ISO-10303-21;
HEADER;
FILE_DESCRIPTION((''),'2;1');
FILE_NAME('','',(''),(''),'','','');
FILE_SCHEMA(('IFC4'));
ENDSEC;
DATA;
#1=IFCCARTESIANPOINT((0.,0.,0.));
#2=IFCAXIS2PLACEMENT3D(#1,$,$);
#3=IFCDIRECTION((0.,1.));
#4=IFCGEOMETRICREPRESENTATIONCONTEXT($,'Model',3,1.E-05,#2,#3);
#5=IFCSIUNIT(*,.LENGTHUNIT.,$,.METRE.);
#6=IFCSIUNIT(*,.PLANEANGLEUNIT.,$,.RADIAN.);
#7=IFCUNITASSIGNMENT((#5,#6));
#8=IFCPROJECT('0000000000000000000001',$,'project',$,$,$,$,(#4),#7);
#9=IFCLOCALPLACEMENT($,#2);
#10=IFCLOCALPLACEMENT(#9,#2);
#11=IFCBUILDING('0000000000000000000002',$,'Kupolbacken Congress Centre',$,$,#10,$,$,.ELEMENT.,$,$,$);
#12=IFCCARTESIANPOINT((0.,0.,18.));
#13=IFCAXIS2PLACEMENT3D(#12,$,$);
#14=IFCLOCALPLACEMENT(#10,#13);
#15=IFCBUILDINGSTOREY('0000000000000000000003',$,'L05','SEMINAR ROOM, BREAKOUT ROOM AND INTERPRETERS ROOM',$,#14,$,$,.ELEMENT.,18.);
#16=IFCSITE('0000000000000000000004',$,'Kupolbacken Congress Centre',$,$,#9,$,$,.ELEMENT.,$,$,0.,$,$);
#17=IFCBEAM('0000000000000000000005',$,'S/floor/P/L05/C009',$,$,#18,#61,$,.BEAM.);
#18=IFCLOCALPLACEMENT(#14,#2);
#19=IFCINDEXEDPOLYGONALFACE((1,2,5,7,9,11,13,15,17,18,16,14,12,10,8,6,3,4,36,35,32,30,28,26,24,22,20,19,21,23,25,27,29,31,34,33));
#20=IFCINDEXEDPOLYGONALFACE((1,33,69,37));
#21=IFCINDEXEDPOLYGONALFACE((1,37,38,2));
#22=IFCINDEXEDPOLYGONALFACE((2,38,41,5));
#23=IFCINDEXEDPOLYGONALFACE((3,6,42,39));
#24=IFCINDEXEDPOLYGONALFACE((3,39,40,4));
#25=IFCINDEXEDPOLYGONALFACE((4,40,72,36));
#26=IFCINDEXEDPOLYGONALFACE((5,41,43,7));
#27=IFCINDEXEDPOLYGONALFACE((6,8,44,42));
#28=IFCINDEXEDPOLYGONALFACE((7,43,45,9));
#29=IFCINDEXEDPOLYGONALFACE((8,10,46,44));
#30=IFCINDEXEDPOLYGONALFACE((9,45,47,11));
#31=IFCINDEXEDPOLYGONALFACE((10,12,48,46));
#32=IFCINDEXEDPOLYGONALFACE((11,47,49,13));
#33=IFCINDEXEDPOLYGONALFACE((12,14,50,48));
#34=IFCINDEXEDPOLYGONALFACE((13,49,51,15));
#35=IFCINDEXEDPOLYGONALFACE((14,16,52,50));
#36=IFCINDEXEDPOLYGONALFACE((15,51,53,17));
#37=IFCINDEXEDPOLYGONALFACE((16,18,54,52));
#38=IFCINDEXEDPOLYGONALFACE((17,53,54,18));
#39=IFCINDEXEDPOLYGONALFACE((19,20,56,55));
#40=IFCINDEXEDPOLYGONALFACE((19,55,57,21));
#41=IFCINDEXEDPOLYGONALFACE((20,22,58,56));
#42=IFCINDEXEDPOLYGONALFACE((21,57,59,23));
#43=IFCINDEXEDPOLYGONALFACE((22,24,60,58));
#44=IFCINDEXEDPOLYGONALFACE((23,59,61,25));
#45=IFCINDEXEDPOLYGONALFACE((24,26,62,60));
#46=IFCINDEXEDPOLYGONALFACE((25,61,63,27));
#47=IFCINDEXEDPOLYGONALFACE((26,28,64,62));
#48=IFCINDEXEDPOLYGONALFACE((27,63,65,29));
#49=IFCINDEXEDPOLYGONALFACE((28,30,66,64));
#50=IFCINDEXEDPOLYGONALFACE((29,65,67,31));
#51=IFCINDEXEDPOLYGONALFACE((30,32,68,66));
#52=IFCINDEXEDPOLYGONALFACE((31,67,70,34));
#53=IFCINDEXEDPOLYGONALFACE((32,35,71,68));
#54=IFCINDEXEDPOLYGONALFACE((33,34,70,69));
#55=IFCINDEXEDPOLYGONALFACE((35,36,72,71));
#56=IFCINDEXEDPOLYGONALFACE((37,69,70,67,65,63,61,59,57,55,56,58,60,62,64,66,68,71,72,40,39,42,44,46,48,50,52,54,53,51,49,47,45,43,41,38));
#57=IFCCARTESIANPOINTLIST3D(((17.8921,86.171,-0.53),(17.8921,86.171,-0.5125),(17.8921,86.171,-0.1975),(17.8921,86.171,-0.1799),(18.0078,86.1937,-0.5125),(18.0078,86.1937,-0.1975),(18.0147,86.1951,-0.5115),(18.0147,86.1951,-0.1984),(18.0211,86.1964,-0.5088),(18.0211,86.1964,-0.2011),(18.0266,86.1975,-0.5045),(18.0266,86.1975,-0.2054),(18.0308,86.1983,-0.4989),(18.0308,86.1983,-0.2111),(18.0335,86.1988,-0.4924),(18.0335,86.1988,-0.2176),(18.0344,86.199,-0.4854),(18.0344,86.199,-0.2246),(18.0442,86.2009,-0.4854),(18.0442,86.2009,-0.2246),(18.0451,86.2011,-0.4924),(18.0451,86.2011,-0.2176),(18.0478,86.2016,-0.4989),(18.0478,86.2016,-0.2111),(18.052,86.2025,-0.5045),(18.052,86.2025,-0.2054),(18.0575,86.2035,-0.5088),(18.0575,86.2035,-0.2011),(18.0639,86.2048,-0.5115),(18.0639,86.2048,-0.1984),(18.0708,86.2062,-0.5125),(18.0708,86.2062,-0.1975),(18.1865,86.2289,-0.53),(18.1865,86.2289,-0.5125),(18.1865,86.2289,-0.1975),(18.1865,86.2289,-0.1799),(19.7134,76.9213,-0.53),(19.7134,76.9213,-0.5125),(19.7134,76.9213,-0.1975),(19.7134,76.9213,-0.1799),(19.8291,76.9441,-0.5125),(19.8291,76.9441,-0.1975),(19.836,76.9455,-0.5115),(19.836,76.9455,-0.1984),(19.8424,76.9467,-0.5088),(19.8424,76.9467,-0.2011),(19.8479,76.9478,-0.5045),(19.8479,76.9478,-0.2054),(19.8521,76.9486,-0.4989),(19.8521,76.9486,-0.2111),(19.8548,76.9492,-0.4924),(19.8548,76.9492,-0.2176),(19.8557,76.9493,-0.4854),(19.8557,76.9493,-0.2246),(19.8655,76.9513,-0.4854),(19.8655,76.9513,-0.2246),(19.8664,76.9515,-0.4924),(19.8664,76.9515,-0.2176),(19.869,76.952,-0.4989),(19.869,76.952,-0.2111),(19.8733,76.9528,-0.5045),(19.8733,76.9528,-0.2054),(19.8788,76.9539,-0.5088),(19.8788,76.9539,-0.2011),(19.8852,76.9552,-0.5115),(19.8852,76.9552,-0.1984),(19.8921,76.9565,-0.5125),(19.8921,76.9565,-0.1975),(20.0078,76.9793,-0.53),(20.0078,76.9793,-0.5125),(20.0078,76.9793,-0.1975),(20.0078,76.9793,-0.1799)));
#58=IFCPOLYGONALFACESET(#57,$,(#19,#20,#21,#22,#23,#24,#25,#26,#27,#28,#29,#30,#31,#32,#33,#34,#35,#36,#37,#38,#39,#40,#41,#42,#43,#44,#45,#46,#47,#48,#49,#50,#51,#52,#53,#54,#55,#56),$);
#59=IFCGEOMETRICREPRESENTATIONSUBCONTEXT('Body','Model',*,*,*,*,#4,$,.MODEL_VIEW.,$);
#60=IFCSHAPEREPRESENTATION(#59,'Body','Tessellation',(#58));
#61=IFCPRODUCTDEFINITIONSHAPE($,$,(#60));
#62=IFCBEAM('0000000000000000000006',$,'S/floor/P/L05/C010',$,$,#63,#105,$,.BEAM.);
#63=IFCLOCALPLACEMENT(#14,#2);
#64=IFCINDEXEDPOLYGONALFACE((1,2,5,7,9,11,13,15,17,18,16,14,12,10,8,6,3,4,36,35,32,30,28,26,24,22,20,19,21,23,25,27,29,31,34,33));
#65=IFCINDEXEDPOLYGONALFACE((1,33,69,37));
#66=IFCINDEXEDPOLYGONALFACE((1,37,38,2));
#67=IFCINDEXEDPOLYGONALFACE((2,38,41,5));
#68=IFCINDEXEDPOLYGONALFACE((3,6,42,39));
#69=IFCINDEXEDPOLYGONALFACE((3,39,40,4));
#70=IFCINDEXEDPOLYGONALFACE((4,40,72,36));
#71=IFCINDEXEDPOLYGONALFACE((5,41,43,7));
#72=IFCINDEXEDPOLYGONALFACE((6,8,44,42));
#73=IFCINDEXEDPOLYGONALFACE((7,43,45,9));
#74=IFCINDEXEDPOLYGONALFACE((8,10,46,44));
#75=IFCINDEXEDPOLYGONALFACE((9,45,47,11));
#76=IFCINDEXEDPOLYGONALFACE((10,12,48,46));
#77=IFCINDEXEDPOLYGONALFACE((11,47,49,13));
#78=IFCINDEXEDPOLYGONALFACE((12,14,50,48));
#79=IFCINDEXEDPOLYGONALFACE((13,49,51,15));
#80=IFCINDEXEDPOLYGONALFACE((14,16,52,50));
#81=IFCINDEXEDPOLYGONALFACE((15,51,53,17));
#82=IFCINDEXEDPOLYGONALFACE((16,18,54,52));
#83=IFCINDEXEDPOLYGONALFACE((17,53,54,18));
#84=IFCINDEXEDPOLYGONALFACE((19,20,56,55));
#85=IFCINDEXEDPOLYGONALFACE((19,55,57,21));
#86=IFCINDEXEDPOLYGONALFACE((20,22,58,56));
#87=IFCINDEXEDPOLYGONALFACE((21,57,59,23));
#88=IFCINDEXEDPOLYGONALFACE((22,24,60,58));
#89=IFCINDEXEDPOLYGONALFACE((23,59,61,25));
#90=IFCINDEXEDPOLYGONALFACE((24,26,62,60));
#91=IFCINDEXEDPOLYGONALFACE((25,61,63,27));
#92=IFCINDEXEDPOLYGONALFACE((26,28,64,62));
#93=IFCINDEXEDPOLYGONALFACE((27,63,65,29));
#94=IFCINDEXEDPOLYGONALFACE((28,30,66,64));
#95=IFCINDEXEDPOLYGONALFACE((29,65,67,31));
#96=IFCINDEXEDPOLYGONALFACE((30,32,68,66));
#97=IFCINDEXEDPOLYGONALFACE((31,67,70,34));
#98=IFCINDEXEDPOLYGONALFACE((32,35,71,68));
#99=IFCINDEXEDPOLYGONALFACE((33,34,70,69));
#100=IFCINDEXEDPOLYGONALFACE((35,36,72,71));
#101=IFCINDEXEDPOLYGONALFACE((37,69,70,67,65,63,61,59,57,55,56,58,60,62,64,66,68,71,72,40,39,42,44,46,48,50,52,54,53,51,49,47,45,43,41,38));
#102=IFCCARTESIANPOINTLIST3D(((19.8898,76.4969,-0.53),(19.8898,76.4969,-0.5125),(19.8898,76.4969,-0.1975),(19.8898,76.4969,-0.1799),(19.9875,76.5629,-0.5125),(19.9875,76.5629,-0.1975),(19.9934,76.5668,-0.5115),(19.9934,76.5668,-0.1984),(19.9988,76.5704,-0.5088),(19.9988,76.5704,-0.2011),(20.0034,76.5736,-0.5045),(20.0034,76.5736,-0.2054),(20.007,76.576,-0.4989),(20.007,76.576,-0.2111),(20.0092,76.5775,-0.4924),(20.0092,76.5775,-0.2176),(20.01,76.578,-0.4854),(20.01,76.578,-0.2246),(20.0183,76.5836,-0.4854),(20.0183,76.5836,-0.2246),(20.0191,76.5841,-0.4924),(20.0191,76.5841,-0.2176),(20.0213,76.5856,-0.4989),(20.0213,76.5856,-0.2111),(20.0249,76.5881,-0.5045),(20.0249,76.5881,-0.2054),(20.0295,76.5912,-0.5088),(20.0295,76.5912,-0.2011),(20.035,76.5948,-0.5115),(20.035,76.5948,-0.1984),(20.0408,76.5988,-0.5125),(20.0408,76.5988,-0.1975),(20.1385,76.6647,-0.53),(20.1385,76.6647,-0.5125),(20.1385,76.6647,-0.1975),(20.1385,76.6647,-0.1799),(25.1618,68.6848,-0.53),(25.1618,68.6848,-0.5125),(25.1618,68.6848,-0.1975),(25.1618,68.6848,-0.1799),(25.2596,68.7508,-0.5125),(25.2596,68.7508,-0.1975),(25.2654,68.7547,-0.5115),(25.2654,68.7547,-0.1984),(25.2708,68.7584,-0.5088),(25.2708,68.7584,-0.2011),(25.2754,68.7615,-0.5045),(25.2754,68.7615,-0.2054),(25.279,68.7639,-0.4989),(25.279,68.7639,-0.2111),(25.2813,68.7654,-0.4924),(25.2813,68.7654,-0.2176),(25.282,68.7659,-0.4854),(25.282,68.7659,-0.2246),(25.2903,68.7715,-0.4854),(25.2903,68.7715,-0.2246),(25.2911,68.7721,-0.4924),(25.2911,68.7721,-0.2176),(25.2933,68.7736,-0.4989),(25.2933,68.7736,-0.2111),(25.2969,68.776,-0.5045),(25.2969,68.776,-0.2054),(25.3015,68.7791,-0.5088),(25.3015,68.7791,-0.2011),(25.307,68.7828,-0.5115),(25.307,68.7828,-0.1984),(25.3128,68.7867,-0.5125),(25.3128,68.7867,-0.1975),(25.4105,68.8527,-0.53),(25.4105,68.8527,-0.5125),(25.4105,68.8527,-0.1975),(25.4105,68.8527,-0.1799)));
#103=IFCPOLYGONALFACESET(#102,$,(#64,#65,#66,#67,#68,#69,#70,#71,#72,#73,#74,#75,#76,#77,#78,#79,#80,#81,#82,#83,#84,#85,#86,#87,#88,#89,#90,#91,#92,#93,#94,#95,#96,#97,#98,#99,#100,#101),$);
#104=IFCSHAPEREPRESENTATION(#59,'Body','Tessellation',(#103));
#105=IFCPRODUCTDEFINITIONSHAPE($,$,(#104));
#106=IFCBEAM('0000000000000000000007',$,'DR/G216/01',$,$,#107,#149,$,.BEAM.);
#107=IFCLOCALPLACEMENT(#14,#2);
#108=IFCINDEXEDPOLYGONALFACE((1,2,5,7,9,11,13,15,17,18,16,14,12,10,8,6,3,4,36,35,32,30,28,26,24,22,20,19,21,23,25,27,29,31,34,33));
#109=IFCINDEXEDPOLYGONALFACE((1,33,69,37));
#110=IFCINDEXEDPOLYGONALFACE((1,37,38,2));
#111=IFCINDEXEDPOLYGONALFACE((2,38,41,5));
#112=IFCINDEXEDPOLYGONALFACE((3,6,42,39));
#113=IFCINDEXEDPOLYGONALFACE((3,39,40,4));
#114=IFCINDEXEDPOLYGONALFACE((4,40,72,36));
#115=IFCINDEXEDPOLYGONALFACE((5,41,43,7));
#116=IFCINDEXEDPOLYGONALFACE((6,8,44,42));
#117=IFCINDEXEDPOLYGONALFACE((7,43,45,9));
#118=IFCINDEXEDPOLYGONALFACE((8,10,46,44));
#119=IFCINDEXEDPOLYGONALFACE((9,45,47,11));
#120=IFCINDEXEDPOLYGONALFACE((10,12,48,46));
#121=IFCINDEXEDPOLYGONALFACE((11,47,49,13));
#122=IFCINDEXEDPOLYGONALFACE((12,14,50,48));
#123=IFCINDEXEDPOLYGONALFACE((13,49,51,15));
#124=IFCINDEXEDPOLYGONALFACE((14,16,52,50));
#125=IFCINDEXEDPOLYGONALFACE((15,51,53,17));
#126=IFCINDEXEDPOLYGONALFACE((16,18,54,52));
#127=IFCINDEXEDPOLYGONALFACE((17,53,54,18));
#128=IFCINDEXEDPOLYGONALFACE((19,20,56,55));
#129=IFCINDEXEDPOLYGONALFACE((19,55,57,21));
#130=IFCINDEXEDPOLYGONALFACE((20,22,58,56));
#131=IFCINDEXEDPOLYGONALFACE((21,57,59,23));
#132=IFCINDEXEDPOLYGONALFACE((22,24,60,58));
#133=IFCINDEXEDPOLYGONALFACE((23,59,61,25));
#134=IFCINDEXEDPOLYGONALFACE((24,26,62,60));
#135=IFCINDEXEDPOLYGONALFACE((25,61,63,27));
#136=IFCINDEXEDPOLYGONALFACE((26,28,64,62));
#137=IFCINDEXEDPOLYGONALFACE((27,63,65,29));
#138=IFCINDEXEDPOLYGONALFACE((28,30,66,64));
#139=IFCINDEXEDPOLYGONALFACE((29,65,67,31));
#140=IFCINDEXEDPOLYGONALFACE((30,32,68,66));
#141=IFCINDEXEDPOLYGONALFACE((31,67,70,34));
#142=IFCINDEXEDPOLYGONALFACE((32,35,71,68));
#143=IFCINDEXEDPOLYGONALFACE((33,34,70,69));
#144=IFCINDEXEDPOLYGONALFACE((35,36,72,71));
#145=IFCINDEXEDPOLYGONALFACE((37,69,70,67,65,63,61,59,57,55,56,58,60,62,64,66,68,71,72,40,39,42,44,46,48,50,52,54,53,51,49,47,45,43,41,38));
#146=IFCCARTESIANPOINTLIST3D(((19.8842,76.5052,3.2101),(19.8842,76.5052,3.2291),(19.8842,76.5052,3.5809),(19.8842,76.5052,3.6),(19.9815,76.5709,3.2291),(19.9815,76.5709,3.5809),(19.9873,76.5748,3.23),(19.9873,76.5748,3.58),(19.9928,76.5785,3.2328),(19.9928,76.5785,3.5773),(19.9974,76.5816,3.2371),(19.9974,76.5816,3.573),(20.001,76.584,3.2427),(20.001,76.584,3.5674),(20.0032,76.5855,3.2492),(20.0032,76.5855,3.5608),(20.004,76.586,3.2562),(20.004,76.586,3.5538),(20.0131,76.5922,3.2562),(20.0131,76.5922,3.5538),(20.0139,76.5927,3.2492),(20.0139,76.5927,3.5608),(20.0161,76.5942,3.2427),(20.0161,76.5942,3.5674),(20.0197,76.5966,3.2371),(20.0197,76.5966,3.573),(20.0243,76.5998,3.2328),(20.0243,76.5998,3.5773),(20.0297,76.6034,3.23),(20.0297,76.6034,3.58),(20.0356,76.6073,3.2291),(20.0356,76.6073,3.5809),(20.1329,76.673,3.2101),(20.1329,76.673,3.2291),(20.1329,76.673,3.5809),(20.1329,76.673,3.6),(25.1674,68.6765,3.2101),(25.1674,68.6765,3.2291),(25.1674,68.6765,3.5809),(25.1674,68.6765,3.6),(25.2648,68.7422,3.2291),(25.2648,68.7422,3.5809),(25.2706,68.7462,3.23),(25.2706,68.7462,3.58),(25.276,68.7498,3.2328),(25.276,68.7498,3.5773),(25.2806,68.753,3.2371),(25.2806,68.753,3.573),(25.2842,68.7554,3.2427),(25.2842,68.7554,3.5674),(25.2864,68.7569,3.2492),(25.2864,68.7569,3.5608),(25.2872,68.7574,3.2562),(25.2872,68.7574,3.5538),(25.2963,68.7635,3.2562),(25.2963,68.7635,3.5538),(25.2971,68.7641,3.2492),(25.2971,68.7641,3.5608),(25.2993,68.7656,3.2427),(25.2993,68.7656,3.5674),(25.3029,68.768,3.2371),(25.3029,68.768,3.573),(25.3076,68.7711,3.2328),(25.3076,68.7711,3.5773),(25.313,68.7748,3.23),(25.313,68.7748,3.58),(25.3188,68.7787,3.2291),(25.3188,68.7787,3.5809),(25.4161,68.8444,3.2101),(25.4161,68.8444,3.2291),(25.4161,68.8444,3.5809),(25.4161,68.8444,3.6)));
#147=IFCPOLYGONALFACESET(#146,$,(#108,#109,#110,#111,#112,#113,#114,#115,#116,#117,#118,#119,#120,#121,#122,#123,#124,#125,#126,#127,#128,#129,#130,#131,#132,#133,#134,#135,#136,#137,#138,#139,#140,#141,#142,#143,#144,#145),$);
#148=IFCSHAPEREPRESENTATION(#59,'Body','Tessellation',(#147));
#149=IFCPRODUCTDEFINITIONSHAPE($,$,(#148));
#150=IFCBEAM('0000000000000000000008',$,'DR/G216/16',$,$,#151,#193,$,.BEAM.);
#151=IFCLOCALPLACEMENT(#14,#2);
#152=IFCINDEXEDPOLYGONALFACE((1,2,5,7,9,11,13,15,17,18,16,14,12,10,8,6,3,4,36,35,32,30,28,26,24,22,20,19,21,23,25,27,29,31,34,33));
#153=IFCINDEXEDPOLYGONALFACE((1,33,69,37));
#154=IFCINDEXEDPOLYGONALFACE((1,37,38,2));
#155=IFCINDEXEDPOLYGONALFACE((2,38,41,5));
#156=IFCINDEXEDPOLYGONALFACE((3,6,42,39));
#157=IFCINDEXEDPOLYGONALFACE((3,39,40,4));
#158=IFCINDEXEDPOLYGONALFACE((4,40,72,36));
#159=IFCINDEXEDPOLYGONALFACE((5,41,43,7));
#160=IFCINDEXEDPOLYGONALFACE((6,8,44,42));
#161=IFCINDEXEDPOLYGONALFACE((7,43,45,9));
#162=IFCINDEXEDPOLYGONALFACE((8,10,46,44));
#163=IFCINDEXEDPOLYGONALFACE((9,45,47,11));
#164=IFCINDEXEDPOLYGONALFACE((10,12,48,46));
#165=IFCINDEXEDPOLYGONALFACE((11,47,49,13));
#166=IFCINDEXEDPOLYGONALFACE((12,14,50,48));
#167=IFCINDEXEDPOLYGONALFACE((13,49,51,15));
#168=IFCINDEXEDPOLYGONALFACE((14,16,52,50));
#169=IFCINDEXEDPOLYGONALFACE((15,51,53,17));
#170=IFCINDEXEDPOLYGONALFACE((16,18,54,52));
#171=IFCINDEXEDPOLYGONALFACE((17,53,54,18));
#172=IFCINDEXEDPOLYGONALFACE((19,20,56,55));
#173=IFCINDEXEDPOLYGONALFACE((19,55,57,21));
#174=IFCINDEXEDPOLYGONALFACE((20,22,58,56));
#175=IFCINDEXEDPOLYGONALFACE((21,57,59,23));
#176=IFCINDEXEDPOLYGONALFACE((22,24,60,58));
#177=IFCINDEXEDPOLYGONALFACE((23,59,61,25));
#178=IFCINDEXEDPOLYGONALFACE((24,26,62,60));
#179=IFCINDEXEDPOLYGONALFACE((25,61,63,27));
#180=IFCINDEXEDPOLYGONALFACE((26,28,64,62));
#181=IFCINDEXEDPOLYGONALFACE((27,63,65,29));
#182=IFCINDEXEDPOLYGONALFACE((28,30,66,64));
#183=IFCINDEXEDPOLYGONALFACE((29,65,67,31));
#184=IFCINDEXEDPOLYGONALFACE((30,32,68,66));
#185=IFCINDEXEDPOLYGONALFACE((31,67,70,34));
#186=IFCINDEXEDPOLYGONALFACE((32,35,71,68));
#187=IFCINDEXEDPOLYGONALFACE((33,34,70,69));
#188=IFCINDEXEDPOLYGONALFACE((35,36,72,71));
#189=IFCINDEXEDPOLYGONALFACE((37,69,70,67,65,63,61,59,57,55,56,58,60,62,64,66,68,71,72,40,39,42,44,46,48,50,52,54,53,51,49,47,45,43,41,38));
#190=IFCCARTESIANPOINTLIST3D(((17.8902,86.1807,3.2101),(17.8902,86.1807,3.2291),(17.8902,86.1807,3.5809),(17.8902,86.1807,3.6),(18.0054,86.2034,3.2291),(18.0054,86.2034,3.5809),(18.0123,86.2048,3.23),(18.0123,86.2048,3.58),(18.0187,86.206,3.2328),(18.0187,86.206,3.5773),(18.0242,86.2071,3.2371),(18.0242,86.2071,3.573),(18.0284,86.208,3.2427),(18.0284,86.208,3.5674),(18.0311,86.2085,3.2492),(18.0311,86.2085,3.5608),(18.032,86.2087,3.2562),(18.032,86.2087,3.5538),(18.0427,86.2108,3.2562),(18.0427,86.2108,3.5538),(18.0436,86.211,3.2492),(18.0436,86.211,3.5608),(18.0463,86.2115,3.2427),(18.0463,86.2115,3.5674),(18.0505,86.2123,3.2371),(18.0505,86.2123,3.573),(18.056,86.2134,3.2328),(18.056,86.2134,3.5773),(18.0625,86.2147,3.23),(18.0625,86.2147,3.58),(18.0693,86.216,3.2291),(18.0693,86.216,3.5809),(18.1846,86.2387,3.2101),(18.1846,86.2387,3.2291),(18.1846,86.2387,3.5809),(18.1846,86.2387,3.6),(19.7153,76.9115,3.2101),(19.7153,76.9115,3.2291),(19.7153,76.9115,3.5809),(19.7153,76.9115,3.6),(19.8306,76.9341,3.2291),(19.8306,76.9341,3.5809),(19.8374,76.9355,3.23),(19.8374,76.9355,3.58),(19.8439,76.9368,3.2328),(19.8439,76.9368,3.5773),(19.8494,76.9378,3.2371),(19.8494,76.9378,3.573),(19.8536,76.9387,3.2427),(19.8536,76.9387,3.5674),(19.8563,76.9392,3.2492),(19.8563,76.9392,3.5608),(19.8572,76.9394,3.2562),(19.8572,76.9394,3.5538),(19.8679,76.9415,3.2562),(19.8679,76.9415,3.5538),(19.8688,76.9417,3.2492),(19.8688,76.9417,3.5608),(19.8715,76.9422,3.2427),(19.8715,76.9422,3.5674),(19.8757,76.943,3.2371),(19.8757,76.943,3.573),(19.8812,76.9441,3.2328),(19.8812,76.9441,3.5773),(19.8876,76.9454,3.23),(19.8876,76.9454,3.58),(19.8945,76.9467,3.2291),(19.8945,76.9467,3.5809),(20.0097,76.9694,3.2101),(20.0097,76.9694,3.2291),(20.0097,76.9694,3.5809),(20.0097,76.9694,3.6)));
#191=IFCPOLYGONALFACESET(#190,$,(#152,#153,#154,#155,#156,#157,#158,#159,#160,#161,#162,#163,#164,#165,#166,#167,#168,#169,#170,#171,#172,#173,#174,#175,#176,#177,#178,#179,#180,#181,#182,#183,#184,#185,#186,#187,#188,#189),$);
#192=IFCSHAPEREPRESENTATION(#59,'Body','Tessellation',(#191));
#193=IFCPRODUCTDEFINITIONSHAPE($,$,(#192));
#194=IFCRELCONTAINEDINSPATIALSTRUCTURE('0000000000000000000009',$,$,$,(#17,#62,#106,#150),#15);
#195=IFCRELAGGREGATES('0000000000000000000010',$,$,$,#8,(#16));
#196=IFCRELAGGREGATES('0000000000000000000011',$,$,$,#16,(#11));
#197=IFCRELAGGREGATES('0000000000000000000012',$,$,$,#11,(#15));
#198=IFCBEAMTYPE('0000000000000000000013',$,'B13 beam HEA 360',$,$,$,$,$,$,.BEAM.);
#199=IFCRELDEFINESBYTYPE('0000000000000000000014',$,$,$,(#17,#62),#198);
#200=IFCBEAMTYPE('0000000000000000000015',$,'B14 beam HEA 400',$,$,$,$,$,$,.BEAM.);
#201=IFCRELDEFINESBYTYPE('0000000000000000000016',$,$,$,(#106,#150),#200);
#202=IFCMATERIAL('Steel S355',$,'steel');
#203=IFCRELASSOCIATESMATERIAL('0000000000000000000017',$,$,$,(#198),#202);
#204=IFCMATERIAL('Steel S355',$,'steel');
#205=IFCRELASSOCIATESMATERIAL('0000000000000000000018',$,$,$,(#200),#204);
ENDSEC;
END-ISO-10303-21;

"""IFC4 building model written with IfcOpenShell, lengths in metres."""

from ifc_helpers import new_model, si_unit, direction, frame, origin, origin_2d, place, context, subcontext, project, spatial, i_section, extrude, material, material_profile, profile_set, type_object, element, save


model = new_model("IFC4")

# Units and contexts
model_context = context("Model", 3, precision=1e-05, world=origin(), true_north=direction((0.0, 1.0)))
body_context = subcontext(model_context, "Body", "Model", "MODEL_VIEW")
ifc_project = project(units=[si_unit("LENGTHUNIT", "METRE"), si_unit("PLANEANGLEUNIT", "RADIAN")], contexts=[model_context])

# Site, building, storey
site_placement = place(None, origin())
site = spatial("IfcSite", under=ifc_project, at=site_placement, Name="Kupolbacken Congress Centre", CompositionType="ELEMENT", RefElevation=0.0)
building_placement = place(site_placement, origin())
building = spatial("IfcBuilding", under=site, at=building_placement, Name="Kupolbacken Congress Centre", CompositionType="ELEMENT")
storey_placement = place(building_placement, frame((0.0, 0.0, 18.0)))
storey = spatial("IfcBuildingStorey", under=building, at=storey_placement, Name="L05", Description="SEMINAR ROOM, BREAKOUT ROOM AND INTERPRETERS ROOM", CompositionType="ELEMENT", Elevation=18.0)

# Beams
ifc_material_1 = material(Name="Steel S355", Category="steel")
ifc_material_profile_1 = material_profile(ifc_material_1, i_section(OverallWidth=0.3, OverallDepth=0.3501, WebThickness=0.01, FlangeThickness=0.0176, FilletRadius=0.0271, at=origin_2d()), Name="HEA 360")
ifc_profile_set_1 = profile_set([ifc_material_profile_1], Name="Steel S355")
beam_type_1 = type_object("IfcBeamType", Name="B13 beam HEA 360", PredefinedType="BEAM", material=ifc_profile_set_1)
beam_1_placement = place(storey_placement, frame((18.0393, 86.2, -0.355), z_axis=(0.193192, -0.981161, 0.0), x_axis=(0.981161, 0.193192, 0.0)))
element("IfcBeam", 1, at=beam_1_placement, inside=storey, type_object=beam_type_1, Name="S/floor/P/L05/C009", PredefinedType="BEAM", context=body_context, shape_type="SweptSolid", body=[
    extrude(i_section(OverallWidth=0.3, OverallDepth=0.3501, WebThickness=0.01, FlangeThickness=0.0176, FilletRadius=0.0271, at=origin_2d()), origin(), (0.0, 0.0, 1.0), 9.4272),
])
beam_2_placement = place(storey_placement, frame((20.0142, 76.5808, -0.355), z_axis=(0.55939, -0.828905, 0.0), x_axis=(0.828905, 0.55939, 0.0)))
element("IfcBeam", 2, at=beam_2_placement, inside=storey, type_object=beam_type_1, Name="S/floor/P/L05/C010", PredefinedType="BEAM", context=body_context, shape_type="SweptSolid", body=[
    extrude(i_section(OverallWidth=0.3, OverallDepth=0.3501, WebThickness=0.01, FlangeThickness=0.0176, FilletRadius=0.0271, at=origin_2d()), origin(), (0.0, 0.0, 1.0), 9.4246),
])
ifc_material_2 = material(Name="Steel S355", Category="steel")
ifc_material_profile_2 = material_profile(ifc_material_2, i_section(OverallWidth=0.3, OverallDepth=0.3899, WebThickness=0.011, FlangeThickness=0.019, FilletRadius=0.0271, at=origin_2d()), Name="HEA 400")
ifc_profile_set_2 = profile_set([ifc_material_profile_2], Name="Steel S355")
beam_type_2 = type_object("IfcBeamType", Name="B14 beam HEA 400", PredefinedType="BEAM", material=ifc_profile_set_2)
beam_3_placement = place(storey_placement, frame((20.0085, 76.5891, 3.405), z_axis=(0.559392, -0.828903, 0.0), x_axis=(0.828903, 0.559392, 0.0)))
element("IfcBeam", 3, at=beam_3_placement, inside=storey, type_object=beam_type_2, Name="DR/G216/01", PredefinedType="BEAM", context=body_context, shape_type="SweptSolid", body=[
    extrude(i_section(OverallWidth=0.3, OverallDepth=0.3899, WebThickness=0.011, FlangeThickness=0.019, FilletRadius=0.0271, at=origin_2d()), origin(), (0.0, 0.0, 1.0), 9.4446),
])
beam_4_placement = place(storey_placement, frame((18.0374, 86.2097, 3.405), z_axis=(0.193198, -0.98116, 0.0), x_axis=(0.98116, 0.193198, 0.0)))
element("IfcBeam", 4, at=beam_4_placement, inside=storey, type_object=beam_type_2, Name="DR/G216/16", PredefinedType="BEAM", context=body_context, shape_type="SweptSolid", body=[
    extrude(i_section(OverallWidth=0.3, OverallDepth=0.3899, WebThickness=0.011, FlangeThickness=0.019, FilletRadius=0.0271, at=origin_2d()), origin(), (0.0, 0.0, 1.0), 9.4473),
])

save(model, "model.ifc")
